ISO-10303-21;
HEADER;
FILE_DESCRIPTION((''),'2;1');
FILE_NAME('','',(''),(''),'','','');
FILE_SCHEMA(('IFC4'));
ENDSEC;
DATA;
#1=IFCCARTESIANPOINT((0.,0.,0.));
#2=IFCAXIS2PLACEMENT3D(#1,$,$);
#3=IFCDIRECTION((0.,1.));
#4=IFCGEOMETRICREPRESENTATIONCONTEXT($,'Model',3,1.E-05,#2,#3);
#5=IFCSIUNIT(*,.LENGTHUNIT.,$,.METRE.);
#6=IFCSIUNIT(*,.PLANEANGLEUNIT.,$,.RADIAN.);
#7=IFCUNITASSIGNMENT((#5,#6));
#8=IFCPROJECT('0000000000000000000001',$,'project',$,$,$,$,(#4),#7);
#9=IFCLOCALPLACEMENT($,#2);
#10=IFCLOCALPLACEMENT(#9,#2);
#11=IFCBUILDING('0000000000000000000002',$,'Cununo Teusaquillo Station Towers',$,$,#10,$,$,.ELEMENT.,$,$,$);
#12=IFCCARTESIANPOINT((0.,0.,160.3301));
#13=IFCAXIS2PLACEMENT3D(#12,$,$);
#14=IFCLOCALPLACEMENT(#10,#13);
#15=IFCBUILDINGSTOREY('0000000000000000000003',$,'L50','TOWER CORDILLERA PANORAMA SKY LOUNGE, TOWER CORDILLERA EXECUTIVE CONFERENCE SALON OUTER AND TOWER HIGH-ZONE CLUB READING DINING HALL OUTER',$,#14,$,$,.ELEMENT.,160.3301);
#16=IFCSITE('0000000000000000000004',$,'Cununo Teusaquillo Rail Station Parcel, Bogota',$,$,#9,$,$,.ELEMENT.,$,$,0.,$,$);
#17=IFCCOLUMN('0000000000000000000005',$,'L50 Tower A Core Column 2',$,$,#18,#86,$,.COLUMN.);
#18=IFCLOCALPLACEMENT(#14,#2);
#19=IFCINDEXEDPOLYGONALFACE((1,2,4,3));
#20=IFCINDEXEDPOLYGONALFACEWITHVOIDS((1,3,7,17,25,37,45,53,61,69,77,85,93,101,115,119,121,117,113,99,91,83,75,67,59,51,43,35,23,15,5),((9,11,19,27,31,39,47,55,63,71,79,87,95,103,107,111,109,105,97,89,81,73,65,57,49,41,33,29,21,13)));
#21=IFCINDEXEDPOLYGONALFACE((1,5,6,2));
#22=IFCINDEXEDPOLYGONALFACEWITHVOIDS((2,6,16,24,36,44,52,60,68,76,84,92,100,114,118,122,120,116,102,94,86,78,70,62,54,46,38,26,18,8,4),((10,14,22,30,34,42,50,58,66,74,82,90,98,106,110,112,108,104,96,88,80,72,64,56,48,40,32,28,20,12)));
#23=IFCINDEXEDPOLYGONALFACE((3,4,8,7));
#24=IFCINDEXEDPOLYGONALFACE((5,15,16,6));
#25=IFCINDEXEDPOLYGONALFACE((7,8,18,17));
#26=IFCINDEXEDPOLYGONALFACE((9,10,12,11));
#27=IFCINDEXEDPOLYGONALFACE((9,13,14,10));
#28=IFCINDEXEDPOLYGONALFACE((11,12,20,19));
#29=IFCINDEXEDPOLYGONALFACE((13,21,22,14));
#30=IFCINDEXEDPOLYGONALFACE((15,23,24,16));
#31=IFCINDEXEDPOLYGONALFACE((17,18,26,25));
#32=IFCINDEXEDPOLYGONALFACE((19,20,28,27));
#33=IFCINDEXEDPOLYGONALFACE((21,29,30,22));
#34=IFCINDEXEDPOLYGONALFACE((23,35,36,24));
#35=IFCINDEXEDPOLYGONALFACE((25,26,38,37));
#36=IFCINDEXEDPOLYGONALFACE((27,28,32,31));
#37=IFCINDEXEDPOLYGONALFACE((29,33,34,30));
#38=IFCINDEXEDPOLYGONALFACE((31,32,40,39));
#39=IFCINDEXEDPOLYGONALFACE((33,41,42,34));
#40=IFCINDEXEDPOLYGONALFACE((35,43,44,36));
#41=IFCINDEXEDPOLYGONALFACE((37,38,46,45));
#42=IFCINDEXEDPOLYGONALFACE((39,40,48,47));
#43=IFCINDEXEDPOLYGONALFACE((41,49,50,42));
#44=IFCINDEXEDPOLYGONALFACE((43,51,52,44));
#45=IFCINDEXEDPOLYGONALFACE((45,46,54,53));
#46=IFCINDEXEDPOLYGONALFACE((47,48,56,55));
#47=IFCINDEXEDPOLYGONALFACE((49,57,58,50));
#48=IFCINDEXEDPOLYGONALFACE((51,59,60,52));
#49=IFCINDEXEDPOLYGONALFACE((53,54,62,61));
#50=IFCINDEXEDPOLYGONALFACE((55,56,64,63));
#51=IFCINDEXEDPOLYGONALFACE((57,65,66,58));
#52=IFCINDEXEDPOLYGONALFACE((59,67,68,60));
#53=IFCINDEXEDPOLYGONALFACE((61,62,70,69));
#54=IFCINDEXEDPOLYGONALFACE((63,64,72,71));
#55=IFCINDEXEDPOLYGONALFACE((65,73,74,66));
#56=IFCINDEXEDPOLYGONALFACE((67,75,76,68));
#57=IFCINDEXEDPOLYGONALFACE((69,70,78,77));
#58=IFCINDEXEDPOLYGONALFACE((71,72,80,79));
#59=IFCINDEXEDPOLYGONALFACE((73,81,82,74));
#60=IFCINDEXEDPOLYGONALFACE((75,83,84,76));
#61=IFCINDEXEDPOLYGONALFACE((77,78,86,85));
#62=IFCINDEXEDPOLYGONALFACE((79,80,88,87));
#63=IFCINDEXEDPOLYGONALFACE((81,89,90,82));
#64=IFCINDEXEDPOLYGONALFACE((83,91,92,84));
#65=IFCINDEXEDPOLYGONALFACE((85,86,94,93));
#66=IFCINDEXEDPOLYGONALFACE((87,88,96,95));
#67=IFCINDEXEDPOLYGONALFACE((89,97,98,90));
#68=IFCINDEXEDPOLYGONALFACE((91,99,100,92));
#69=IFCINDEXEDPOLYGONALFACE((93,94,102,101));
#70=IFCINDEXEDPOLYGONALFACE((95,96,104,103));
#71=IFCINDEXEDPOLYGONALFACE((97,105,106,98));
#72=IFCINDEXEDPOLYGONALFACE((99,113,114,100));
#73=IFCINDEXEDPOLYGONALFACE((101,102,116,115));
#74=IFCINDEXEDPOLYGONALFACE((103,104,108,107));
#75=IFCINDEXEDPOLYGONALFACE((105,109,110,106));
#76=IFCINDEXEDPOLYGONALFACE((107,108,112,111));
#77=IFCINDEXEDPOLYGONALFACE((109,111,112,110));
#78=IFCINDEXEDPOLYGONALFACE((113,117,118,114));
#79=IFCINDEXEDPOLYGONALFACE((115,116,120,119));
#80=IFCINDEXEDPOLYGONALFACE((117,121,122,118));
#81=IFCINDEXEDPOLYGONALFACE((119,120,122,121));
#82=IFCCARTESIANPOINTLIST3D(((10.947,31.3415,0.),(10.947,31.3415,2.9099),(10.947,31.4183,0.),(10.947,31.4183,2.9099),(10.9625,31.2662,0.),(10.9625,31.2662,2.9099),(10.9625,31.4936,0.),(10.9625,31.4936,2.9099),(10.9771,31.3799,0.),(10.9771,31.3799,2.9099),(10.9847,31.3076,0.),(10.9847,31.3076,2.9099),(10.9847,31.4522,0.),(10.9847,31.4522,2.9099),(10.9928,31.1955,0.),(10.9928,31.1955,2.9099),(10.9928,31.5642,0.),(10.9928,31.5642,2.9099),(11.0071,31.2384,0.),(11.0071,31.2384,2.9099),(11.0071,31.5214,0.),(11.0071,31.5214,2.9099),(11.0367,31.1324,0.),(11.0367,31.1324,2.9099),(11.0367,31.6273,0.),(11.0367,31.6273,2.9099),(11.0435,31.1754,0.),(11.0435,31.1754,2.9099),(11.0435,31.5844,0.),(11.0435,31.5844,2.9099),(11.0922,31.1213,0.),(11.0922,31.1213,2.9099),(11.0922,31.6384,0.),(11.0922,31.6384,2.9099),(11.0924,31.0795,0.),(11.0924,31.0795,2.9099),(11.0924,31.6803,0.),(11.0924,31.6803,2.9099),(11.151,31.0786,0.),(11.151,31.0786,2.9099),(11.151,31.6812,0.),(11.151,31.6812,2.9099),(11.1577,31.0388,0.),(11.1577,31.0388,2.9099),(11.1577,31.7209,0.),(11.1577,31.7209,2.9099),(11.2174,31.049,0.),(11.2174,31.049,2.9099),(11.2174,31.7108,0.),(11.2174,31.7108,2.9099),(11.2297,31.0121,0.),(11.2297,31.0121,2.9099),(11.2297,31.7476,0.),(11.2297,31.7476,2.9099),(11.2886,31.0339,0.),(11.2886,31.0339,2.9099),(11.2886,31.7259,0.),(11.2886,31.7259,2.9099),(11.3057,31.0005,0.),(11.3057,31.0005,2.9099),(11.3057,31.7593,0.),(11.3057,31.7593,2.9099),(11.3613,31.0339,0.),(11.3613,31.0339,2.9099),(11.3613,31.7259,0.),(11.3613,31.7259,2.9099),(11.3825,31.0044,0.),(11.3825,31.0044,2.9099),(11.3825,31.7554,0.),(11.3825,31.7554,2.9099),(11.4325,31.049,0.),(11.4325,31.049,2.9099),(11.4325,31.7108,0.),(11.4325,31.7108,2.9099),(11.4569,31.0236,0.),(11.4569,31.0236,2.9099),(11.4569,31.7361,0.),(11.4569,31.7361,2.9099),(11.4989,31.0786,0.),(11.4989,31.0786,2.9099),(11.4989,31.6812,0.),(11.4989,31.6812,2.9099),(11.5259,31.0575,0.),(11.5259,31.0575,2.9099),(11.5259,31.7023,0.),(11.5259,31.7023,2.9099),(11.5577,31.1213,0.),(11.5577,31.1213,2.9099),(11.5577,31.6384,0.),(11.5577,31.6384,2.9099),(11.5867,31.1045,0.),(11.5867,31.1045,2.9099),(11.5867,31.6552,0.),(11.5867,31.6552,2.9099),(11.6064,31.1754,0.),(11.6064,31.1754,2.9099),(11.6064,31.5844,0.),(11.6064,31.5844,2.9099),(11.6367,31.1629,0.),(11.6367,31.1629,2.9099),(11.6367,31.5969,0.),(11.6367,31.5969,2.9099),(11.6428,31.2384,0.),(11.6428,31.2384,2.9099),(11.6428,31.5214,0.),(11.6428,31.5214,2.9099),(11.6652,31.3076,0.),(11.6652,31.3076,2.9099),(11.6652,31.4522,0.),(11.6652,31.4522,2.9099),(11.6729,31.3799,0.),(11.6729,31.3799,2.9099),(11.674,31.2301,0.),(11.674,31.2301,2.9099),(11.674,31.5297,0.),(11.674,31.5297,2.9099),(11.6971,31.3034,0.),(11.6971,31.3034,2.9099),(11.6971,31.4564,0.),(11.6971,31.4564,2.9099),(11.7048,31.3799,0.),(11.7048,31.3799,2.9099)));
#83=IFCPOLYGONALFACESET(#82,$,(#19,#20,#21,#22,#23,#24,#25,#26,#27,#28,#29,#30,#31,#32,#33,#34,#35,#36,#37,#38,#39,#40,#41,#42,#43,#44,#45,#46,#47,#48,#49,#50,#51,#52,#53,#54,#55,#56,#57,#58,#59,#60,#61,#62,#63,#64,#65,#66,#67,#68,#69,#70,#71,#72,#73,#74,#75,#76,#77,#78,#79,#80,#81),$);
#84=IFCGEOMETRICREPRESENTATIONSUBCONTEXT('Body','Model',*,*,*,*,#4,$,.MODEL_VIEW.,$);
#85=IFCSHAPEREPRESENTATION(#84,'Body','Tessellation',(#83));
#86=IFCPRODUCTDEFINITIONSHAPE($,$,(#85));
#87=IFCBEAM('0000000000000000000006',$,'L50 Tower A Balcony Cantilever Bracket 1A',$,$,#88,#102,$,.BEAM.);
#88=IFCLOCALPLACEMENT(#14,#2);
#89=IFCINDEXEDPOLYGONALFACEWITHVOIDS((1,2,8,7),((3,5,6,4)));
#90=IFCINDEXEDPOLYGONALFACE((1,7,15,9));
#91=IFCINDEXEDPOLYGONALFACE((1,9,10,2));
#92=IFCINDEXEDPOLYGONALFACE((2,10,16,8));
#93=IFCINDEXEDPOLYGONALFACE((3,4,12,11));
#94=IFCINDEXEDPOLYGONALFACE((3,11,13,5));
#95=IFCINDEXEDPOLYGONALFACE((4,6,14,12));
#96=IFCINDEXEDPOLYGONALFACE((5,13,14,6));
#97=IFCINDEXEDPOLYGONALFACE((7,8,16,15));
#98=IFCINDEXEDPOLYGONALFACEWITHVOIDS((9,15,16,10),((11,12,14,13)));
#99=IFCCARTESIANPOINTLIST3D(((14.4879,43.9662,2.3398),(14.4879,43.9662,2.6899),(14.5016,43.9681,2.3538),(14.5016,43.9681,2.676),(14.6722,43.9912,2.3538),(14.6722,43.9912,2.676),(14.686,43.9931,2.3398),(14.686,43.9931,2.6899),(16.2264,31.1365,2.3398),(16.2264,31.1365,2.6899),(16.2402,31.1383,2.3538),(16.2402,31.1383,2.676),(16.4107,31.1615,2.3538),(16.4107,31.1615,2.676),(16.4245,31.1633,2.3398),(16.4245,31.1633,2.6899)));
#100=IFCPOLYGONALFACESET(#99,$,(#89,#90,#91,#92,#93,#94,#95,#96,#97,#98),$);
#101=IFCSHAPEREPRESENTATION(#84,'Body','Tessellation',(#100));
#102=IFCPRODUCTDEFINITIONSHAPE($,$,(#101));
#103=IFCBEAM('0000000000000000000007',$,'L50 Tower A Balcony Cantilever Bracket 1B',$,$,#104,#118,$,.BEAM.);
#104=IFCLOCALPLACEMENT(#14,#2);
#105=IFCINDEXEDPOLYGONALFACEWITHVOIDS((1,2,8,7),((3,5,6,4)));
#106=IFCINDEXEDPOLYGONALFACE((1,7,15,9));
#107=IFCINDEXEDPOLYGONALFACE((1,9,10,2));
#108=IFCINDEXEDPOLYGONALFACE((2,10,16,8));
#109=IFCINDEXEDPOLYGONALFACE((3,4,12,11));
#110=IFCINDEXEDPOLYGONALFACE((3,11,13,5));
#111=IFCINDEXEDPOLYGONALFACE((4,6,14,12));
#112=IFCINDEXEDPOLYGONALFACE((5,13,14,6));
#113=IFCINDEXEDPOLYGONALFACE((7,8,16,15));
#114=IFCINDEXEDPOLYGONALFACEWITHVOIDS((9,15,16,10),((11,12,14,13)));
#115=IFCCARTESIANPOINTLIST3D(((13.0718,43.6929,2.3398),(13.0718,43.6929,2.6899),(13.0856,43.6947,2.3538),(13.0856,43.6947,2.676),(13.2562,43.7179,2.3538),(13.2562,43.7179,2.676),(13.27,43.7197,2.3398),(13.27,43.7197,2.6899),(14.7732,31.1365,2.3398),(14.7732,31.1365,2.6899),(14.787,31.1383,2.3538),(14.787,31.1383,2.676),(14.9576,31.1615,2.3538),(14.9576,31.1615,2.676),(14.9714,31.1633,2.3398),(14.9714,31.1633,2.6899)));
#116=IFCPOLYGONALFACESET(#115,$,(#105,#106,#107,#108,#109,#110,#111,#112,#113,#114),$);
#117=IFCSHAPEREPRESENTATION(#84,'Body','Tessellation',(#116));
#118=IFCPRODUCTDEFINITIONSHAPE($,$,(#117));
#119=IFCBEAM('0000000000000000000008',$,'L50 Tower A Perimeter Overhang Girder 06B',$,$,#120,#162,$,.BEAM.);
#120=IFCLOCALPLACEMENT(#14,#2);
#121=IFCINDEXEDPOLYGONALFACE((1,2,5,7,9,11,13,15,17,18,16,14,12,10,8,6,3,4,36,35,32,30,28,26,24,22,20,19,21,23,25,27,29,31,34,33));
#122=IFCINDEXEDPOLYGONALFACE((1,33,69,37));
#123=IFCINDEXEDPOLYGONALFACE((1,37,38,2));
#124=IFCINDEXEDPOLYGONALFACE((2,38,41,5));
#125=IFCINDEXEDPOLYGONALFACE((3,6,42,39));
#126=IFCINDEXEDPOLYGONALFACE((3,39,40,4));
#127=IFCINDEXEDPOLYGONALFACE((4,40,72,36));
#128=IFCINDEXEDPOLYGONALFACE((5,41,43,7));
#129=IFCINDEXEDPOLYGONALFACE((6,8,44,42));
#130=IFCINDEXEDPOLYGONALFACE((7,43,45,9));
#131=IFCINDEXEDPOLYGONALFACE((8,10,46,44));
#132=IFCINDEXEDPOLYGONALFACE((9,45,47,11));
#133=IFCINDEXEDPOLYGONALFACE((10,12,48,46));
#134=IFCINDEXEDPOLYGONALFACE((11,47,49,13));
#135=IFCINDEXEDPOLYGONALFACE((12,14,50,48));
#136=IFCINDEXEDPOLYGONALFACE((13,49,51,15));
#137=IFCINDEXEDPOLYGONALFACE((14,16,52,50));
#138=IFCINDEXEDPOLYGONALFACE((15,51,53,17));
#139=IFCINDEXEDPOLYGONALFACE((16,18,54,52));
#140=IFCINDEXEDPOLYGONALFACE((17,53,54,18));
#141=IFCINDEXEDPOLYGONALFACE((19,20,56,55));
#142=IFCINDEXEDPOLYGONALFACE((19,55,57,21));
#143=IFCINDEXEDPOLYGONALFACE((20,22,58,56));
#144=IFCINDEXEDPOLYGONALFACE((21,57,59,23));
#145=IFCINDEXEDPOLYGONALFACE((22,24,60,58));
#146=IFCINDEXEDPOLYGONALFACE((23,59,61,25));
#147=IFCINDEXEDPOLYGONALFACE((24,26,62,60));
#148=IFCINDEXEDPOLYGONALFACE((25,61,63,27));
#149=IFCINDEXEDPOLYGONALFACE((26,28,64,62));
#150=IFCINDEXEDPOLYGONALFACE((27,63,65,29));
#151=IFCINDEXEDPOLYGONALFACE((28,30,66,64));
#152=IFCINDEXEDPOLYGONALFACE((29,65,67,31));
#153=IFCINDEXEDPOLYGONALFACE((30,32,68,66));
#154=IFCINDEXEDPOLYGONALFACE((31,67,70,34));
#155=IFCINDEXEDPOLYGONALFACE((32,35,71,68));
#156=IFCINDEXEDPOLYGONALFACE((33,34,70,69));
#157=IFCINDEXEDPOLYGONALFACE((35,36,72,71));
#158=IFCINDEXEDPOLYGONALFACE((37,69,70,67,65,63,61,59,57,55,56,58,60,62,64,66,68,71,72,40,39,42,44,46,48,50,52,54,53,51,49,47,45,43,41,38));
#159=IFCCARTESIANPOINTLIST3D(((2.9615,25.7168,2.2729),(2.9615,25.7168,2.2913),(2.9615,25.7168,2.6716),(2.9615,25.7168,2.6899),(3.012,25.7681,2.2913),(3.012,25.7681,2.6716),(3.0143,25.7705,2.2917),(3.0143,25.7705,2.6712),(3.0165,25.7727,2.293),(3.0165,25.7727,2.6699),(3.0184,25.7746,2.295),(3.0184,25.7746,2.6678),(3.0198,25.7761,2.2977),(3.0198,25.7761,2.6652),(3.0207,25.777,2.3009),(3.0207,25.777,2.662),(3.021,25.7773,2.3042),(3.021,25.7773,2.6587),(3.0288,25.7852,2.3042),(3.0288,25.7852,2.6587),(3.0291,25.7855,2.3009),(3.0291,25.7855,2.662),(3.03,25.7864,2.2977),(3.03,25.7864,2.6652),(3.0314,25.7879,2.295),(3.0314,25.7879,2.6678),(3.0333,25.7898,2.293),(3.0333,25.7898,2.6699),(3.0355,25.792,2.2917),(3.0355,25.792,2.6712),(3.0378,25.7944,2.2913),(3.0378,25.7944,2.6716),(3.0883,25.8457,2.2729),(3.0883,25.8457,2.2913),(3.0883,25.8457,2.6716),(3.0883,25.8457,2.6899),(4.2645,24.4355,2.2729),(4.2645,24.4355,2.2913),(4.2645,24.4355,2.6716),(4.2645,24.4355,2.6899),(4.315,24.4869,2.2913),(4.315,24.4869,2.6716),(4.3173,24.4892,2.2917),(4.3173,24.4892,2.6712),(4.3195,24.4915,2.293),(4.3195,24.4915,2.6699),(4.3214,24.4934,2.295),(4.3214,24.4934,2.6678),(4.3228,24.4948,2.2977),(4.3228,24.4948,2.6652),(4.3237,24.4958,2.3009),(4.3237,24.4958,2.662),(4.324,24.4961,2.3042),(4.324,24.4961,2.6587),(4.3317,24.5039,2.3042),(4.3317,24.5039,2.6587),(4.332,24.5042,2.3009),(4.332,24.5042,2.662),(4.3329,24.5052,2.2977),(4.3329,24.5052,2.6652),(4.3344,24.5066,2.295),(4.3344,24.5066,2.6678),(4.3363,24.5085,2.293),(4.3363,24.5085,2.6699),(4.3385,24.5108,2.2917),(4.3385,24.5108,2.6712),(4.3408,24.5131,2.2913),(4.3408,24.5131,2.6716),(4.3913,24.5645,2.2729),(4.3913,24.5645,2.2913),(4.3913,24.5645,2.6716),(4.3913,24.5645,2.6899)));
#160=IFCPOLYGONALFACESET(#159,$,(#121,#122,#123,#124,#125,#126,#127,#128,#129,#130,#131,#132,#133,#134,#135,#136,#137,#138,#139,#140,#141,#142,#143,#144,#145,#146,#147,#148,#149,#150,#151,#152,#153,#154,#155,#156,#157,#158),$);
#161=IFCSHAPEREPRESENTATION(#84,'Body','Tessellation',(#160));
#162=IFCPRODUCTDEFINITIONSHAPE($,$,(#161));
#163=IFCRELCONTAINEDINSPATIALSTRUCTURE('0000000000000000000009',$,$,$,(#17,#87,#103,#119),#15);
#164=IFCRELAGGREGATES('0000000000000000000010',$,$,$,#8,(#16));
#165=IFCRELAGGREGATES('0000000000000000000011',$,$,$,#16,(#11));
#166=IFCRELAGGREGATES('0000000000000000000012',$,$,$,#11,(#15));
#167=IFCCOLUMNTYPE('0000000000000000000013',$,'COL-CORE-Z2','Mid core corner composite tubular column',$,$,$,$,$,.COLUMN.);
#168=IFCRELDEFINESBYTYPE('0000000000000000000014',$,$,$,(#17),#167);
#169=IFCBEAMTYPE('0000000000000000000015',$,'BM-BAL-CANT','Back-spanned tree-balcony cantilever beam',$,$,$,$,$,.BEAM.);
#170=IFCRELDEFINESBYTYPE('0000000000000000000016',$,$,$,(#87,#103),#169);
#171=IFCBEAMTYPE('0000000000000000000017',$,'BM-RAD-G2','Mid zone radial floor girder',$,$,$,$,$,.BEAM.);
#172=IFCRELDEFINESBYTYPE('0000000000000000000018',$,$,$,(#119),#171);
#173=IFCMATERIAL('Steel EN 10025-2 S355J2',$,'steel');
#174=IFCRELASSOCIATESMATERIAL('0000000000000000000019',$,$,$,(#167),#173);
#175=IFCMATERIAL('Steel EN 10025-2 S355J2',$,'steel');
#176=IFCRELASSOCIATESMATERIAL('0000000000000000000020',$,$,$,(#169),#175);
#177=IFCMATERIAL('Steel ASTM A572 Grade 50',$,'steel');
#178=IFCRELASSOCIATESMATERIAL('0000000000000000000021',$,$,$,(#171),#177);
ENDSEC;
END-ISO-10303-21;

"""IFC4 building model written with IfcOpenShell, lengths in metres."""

from ifc_helpers import new_model, si_unit, direction, frame, origin, origin_2d, place, context, subcontext, project, spatial, hollow_rectangle, hollow_circle, i_section, extrude, material, material_profile, profile_set, type_object, element, save


model = new_model("IFC4")

# Units and contexts
model_context = context("Model", 3, precision=1e-05, world=origin(), true_north=direction((0.0, 1.0)))
body_context = subcontext(model_context, "Body", "Model", "MODEL_VIEW")
ifc_project = project(units=[si_unit("LENGTHUNIT", "METRE"), si_unit("PLANEANGLEUNIT", "RADIAN")], contexts=[model_context])

# Site, building, storey
site_placement = place(None, origin())
site = spatial("IfcSite", under=ifc_project, at=site_placement, Name="Cununo Teusaquillo Rail Station Parcel, Bogota", CompositionType="ELEMENT", RefElevation=0.0)
building_placement = place(site_placement, origin())
building = spatial("IfcBuilding", under=site, at=building_placement, Name="Cununo Teusaquillo Station Towers", CompositionType="ELEMENT")
storey_placement = place(building_placement, frame((0.0, 0.0, 160.3301)))
storey = spatial("IfcBuildingStorey", under=building, at=storey_placement, Name="L50", Description="TOWER CORDILLERA PANORAMA SKY LOUNGE, TOWER CORDILLERA EXECUTIVE CONFERENCE SALON OUTER AND TOWER HIGH-ZONE CLUB READING DINING HALL OUTER", CompositionType="ELEMENT", Elevation=160.3301)

# Column
ifc_material_1 = material(Name="Steel EN 10025-2 S355J2", Category="steel")
ifc_material_profile_1 = material_profile(ifc_material_1, hollow_circle(Radius=0.3799, WallThickness=0.032, at=origin_2d()), Name="CHS 760x32")
ifc_profile_set_1 = profile_set([ifc_material_profile_1], Name="Steel EN 10025-2 S355J2")
column_type = type_object("IfcColumnType", Name="COL-CORE-Z2", Description="Mid core corner composite tubular column", PredefinedType="COLUMN", material=ifc_profile_set_1)
column_placement = place(storey_placement, frame((11.325, 31.3799, 0.0), z_axis=(0.0, 0.0, 1.0), x_axis=(1.0, 0.0, 0.0)))
element("IfcColumn", 1, at=column_placement, inside=storey, type_object=column_type, Name="L50 Tower A Core Column 2", PredefinedType="COLUMN", context=body_context, shape_type="SweptSolid", body=[
    extrude(hollow_circle(Radius=0.3799, WallThickness=0.032, at=origin_2d()), origin(), (0.0, 0.0, 1.0), 2.9099),
])

# Beams
ifc_material_2 = material(Name="Steel EN 10025-2 S355J2", Category="steel")
ifc_material_profile_2 = material_profile(ifc_material_2, hollow_rectangle(XDim=0.2, YDim=0.3501, WallThickness=0.0139, at=origin_2d()), Name="RHS 350x200x14")
ifc_profile_set_2 = profile_set([ifc_material_profile_2], Name="Steel EN 10025-2 S355J2")
beam_type_1 = type_object("IfcBeamType", Name="BM-BAL-CANT", Description="Back-spanned tree-balcony cantilever beam", PredefinedType="BEAM", material=ifc_profile_set_2)
beam_1_placement = place(storey_placement, frame((16.3254, 31.1499, 2.5149), z_axis=(-0.134279, 0.990944, 0.0), x_axis=(-0.990944, -0.134279, 0.0)))
element("IfcBeam", 2, at=beam_1_placement, inside=storey, type_object=beam_type_1, Name="L50 Tower A Balcony Cantilever Bracket 1A", PredefinedType="BEAM", context=body_context, shape_type="SweptSolid", body=[
    extrude(hollow_rectangle(XDim=0.2, YDim=0.3501, WallThickness=0.0139, at=origin_2d()), origin(), (0.0, 0.0, 1.0), 12.947),
])
beam_2_placement = place(storey_placement, frame((14.8723, 31.1499, 2.5149), z_axis=(-0.134275, 0.990944, 0.0), x_axis=(-0.990944, -0.134275, 0.0)))
element("IfcBeam", 3, at=beam_2_placement, inside=storey, type_object=beam_type_1, Name="L50 Tower A Balcony Cantilever Bracket 1B", PredefinedType="BEAM", context=body_context, shape_type="SweptSolid", body=[
    extrude(hollow_rectangle(XDim=0.2, YDim=0.3501, WallThickness=0.0139, at=origin_2d()), origin(), (0.0, 0.0, 1.0), 12.6711),
])
ifc_material_3 = material(Name="Steel ASTM A572 Grade 50", Category="steel")
ifc_material_profile_3 = material_profile(ifc_material_3, i_section(OverallWidth=0.1809, OverallDepth=0.417, WebThickness=0.011, FlangeThickness=0.0183, FilletRadius=0.0129, at=origin_2d()), Name="W16X57")
ifc_profile_set_3 = profile_set([ifc_material_profile_3], Name="Steel ASTM A572 Grade 50")
beam_type_2 = type_object("IfcBeamType", Name="BM-RAD-G2", Description="Mid zone radial floor girder", PredefinedType="BEAM", material=ifc_profile_set_3)
beam_3_placement = place(storey_placement, frame((4.3279, 24.5, 2.4814), z_axis=(-0.713027, 0.701137, 0.0), x_axis=(-0.701137, -0.713027, 0.0)))
element("IfcBeam", 4, at=beam_3_placement, inside=storey, type_object=beam_type_2, Name="L50 Tower A Perimeter Overhang Girder 06B", PredefinedType="BEAM", context=body_context, shape_type="SweptSolid", body=[
    extrude(i_section(OverallWidth=0.1809, OverallDepth=0.417, WebThickness=0.011, FlangeThickness=0.0183, FilletRadius=0.0129, at=origin_2d()), origin(), (0.0, 0.0, 1.0), 1.8274),
])

save(model, "model.ifc")
